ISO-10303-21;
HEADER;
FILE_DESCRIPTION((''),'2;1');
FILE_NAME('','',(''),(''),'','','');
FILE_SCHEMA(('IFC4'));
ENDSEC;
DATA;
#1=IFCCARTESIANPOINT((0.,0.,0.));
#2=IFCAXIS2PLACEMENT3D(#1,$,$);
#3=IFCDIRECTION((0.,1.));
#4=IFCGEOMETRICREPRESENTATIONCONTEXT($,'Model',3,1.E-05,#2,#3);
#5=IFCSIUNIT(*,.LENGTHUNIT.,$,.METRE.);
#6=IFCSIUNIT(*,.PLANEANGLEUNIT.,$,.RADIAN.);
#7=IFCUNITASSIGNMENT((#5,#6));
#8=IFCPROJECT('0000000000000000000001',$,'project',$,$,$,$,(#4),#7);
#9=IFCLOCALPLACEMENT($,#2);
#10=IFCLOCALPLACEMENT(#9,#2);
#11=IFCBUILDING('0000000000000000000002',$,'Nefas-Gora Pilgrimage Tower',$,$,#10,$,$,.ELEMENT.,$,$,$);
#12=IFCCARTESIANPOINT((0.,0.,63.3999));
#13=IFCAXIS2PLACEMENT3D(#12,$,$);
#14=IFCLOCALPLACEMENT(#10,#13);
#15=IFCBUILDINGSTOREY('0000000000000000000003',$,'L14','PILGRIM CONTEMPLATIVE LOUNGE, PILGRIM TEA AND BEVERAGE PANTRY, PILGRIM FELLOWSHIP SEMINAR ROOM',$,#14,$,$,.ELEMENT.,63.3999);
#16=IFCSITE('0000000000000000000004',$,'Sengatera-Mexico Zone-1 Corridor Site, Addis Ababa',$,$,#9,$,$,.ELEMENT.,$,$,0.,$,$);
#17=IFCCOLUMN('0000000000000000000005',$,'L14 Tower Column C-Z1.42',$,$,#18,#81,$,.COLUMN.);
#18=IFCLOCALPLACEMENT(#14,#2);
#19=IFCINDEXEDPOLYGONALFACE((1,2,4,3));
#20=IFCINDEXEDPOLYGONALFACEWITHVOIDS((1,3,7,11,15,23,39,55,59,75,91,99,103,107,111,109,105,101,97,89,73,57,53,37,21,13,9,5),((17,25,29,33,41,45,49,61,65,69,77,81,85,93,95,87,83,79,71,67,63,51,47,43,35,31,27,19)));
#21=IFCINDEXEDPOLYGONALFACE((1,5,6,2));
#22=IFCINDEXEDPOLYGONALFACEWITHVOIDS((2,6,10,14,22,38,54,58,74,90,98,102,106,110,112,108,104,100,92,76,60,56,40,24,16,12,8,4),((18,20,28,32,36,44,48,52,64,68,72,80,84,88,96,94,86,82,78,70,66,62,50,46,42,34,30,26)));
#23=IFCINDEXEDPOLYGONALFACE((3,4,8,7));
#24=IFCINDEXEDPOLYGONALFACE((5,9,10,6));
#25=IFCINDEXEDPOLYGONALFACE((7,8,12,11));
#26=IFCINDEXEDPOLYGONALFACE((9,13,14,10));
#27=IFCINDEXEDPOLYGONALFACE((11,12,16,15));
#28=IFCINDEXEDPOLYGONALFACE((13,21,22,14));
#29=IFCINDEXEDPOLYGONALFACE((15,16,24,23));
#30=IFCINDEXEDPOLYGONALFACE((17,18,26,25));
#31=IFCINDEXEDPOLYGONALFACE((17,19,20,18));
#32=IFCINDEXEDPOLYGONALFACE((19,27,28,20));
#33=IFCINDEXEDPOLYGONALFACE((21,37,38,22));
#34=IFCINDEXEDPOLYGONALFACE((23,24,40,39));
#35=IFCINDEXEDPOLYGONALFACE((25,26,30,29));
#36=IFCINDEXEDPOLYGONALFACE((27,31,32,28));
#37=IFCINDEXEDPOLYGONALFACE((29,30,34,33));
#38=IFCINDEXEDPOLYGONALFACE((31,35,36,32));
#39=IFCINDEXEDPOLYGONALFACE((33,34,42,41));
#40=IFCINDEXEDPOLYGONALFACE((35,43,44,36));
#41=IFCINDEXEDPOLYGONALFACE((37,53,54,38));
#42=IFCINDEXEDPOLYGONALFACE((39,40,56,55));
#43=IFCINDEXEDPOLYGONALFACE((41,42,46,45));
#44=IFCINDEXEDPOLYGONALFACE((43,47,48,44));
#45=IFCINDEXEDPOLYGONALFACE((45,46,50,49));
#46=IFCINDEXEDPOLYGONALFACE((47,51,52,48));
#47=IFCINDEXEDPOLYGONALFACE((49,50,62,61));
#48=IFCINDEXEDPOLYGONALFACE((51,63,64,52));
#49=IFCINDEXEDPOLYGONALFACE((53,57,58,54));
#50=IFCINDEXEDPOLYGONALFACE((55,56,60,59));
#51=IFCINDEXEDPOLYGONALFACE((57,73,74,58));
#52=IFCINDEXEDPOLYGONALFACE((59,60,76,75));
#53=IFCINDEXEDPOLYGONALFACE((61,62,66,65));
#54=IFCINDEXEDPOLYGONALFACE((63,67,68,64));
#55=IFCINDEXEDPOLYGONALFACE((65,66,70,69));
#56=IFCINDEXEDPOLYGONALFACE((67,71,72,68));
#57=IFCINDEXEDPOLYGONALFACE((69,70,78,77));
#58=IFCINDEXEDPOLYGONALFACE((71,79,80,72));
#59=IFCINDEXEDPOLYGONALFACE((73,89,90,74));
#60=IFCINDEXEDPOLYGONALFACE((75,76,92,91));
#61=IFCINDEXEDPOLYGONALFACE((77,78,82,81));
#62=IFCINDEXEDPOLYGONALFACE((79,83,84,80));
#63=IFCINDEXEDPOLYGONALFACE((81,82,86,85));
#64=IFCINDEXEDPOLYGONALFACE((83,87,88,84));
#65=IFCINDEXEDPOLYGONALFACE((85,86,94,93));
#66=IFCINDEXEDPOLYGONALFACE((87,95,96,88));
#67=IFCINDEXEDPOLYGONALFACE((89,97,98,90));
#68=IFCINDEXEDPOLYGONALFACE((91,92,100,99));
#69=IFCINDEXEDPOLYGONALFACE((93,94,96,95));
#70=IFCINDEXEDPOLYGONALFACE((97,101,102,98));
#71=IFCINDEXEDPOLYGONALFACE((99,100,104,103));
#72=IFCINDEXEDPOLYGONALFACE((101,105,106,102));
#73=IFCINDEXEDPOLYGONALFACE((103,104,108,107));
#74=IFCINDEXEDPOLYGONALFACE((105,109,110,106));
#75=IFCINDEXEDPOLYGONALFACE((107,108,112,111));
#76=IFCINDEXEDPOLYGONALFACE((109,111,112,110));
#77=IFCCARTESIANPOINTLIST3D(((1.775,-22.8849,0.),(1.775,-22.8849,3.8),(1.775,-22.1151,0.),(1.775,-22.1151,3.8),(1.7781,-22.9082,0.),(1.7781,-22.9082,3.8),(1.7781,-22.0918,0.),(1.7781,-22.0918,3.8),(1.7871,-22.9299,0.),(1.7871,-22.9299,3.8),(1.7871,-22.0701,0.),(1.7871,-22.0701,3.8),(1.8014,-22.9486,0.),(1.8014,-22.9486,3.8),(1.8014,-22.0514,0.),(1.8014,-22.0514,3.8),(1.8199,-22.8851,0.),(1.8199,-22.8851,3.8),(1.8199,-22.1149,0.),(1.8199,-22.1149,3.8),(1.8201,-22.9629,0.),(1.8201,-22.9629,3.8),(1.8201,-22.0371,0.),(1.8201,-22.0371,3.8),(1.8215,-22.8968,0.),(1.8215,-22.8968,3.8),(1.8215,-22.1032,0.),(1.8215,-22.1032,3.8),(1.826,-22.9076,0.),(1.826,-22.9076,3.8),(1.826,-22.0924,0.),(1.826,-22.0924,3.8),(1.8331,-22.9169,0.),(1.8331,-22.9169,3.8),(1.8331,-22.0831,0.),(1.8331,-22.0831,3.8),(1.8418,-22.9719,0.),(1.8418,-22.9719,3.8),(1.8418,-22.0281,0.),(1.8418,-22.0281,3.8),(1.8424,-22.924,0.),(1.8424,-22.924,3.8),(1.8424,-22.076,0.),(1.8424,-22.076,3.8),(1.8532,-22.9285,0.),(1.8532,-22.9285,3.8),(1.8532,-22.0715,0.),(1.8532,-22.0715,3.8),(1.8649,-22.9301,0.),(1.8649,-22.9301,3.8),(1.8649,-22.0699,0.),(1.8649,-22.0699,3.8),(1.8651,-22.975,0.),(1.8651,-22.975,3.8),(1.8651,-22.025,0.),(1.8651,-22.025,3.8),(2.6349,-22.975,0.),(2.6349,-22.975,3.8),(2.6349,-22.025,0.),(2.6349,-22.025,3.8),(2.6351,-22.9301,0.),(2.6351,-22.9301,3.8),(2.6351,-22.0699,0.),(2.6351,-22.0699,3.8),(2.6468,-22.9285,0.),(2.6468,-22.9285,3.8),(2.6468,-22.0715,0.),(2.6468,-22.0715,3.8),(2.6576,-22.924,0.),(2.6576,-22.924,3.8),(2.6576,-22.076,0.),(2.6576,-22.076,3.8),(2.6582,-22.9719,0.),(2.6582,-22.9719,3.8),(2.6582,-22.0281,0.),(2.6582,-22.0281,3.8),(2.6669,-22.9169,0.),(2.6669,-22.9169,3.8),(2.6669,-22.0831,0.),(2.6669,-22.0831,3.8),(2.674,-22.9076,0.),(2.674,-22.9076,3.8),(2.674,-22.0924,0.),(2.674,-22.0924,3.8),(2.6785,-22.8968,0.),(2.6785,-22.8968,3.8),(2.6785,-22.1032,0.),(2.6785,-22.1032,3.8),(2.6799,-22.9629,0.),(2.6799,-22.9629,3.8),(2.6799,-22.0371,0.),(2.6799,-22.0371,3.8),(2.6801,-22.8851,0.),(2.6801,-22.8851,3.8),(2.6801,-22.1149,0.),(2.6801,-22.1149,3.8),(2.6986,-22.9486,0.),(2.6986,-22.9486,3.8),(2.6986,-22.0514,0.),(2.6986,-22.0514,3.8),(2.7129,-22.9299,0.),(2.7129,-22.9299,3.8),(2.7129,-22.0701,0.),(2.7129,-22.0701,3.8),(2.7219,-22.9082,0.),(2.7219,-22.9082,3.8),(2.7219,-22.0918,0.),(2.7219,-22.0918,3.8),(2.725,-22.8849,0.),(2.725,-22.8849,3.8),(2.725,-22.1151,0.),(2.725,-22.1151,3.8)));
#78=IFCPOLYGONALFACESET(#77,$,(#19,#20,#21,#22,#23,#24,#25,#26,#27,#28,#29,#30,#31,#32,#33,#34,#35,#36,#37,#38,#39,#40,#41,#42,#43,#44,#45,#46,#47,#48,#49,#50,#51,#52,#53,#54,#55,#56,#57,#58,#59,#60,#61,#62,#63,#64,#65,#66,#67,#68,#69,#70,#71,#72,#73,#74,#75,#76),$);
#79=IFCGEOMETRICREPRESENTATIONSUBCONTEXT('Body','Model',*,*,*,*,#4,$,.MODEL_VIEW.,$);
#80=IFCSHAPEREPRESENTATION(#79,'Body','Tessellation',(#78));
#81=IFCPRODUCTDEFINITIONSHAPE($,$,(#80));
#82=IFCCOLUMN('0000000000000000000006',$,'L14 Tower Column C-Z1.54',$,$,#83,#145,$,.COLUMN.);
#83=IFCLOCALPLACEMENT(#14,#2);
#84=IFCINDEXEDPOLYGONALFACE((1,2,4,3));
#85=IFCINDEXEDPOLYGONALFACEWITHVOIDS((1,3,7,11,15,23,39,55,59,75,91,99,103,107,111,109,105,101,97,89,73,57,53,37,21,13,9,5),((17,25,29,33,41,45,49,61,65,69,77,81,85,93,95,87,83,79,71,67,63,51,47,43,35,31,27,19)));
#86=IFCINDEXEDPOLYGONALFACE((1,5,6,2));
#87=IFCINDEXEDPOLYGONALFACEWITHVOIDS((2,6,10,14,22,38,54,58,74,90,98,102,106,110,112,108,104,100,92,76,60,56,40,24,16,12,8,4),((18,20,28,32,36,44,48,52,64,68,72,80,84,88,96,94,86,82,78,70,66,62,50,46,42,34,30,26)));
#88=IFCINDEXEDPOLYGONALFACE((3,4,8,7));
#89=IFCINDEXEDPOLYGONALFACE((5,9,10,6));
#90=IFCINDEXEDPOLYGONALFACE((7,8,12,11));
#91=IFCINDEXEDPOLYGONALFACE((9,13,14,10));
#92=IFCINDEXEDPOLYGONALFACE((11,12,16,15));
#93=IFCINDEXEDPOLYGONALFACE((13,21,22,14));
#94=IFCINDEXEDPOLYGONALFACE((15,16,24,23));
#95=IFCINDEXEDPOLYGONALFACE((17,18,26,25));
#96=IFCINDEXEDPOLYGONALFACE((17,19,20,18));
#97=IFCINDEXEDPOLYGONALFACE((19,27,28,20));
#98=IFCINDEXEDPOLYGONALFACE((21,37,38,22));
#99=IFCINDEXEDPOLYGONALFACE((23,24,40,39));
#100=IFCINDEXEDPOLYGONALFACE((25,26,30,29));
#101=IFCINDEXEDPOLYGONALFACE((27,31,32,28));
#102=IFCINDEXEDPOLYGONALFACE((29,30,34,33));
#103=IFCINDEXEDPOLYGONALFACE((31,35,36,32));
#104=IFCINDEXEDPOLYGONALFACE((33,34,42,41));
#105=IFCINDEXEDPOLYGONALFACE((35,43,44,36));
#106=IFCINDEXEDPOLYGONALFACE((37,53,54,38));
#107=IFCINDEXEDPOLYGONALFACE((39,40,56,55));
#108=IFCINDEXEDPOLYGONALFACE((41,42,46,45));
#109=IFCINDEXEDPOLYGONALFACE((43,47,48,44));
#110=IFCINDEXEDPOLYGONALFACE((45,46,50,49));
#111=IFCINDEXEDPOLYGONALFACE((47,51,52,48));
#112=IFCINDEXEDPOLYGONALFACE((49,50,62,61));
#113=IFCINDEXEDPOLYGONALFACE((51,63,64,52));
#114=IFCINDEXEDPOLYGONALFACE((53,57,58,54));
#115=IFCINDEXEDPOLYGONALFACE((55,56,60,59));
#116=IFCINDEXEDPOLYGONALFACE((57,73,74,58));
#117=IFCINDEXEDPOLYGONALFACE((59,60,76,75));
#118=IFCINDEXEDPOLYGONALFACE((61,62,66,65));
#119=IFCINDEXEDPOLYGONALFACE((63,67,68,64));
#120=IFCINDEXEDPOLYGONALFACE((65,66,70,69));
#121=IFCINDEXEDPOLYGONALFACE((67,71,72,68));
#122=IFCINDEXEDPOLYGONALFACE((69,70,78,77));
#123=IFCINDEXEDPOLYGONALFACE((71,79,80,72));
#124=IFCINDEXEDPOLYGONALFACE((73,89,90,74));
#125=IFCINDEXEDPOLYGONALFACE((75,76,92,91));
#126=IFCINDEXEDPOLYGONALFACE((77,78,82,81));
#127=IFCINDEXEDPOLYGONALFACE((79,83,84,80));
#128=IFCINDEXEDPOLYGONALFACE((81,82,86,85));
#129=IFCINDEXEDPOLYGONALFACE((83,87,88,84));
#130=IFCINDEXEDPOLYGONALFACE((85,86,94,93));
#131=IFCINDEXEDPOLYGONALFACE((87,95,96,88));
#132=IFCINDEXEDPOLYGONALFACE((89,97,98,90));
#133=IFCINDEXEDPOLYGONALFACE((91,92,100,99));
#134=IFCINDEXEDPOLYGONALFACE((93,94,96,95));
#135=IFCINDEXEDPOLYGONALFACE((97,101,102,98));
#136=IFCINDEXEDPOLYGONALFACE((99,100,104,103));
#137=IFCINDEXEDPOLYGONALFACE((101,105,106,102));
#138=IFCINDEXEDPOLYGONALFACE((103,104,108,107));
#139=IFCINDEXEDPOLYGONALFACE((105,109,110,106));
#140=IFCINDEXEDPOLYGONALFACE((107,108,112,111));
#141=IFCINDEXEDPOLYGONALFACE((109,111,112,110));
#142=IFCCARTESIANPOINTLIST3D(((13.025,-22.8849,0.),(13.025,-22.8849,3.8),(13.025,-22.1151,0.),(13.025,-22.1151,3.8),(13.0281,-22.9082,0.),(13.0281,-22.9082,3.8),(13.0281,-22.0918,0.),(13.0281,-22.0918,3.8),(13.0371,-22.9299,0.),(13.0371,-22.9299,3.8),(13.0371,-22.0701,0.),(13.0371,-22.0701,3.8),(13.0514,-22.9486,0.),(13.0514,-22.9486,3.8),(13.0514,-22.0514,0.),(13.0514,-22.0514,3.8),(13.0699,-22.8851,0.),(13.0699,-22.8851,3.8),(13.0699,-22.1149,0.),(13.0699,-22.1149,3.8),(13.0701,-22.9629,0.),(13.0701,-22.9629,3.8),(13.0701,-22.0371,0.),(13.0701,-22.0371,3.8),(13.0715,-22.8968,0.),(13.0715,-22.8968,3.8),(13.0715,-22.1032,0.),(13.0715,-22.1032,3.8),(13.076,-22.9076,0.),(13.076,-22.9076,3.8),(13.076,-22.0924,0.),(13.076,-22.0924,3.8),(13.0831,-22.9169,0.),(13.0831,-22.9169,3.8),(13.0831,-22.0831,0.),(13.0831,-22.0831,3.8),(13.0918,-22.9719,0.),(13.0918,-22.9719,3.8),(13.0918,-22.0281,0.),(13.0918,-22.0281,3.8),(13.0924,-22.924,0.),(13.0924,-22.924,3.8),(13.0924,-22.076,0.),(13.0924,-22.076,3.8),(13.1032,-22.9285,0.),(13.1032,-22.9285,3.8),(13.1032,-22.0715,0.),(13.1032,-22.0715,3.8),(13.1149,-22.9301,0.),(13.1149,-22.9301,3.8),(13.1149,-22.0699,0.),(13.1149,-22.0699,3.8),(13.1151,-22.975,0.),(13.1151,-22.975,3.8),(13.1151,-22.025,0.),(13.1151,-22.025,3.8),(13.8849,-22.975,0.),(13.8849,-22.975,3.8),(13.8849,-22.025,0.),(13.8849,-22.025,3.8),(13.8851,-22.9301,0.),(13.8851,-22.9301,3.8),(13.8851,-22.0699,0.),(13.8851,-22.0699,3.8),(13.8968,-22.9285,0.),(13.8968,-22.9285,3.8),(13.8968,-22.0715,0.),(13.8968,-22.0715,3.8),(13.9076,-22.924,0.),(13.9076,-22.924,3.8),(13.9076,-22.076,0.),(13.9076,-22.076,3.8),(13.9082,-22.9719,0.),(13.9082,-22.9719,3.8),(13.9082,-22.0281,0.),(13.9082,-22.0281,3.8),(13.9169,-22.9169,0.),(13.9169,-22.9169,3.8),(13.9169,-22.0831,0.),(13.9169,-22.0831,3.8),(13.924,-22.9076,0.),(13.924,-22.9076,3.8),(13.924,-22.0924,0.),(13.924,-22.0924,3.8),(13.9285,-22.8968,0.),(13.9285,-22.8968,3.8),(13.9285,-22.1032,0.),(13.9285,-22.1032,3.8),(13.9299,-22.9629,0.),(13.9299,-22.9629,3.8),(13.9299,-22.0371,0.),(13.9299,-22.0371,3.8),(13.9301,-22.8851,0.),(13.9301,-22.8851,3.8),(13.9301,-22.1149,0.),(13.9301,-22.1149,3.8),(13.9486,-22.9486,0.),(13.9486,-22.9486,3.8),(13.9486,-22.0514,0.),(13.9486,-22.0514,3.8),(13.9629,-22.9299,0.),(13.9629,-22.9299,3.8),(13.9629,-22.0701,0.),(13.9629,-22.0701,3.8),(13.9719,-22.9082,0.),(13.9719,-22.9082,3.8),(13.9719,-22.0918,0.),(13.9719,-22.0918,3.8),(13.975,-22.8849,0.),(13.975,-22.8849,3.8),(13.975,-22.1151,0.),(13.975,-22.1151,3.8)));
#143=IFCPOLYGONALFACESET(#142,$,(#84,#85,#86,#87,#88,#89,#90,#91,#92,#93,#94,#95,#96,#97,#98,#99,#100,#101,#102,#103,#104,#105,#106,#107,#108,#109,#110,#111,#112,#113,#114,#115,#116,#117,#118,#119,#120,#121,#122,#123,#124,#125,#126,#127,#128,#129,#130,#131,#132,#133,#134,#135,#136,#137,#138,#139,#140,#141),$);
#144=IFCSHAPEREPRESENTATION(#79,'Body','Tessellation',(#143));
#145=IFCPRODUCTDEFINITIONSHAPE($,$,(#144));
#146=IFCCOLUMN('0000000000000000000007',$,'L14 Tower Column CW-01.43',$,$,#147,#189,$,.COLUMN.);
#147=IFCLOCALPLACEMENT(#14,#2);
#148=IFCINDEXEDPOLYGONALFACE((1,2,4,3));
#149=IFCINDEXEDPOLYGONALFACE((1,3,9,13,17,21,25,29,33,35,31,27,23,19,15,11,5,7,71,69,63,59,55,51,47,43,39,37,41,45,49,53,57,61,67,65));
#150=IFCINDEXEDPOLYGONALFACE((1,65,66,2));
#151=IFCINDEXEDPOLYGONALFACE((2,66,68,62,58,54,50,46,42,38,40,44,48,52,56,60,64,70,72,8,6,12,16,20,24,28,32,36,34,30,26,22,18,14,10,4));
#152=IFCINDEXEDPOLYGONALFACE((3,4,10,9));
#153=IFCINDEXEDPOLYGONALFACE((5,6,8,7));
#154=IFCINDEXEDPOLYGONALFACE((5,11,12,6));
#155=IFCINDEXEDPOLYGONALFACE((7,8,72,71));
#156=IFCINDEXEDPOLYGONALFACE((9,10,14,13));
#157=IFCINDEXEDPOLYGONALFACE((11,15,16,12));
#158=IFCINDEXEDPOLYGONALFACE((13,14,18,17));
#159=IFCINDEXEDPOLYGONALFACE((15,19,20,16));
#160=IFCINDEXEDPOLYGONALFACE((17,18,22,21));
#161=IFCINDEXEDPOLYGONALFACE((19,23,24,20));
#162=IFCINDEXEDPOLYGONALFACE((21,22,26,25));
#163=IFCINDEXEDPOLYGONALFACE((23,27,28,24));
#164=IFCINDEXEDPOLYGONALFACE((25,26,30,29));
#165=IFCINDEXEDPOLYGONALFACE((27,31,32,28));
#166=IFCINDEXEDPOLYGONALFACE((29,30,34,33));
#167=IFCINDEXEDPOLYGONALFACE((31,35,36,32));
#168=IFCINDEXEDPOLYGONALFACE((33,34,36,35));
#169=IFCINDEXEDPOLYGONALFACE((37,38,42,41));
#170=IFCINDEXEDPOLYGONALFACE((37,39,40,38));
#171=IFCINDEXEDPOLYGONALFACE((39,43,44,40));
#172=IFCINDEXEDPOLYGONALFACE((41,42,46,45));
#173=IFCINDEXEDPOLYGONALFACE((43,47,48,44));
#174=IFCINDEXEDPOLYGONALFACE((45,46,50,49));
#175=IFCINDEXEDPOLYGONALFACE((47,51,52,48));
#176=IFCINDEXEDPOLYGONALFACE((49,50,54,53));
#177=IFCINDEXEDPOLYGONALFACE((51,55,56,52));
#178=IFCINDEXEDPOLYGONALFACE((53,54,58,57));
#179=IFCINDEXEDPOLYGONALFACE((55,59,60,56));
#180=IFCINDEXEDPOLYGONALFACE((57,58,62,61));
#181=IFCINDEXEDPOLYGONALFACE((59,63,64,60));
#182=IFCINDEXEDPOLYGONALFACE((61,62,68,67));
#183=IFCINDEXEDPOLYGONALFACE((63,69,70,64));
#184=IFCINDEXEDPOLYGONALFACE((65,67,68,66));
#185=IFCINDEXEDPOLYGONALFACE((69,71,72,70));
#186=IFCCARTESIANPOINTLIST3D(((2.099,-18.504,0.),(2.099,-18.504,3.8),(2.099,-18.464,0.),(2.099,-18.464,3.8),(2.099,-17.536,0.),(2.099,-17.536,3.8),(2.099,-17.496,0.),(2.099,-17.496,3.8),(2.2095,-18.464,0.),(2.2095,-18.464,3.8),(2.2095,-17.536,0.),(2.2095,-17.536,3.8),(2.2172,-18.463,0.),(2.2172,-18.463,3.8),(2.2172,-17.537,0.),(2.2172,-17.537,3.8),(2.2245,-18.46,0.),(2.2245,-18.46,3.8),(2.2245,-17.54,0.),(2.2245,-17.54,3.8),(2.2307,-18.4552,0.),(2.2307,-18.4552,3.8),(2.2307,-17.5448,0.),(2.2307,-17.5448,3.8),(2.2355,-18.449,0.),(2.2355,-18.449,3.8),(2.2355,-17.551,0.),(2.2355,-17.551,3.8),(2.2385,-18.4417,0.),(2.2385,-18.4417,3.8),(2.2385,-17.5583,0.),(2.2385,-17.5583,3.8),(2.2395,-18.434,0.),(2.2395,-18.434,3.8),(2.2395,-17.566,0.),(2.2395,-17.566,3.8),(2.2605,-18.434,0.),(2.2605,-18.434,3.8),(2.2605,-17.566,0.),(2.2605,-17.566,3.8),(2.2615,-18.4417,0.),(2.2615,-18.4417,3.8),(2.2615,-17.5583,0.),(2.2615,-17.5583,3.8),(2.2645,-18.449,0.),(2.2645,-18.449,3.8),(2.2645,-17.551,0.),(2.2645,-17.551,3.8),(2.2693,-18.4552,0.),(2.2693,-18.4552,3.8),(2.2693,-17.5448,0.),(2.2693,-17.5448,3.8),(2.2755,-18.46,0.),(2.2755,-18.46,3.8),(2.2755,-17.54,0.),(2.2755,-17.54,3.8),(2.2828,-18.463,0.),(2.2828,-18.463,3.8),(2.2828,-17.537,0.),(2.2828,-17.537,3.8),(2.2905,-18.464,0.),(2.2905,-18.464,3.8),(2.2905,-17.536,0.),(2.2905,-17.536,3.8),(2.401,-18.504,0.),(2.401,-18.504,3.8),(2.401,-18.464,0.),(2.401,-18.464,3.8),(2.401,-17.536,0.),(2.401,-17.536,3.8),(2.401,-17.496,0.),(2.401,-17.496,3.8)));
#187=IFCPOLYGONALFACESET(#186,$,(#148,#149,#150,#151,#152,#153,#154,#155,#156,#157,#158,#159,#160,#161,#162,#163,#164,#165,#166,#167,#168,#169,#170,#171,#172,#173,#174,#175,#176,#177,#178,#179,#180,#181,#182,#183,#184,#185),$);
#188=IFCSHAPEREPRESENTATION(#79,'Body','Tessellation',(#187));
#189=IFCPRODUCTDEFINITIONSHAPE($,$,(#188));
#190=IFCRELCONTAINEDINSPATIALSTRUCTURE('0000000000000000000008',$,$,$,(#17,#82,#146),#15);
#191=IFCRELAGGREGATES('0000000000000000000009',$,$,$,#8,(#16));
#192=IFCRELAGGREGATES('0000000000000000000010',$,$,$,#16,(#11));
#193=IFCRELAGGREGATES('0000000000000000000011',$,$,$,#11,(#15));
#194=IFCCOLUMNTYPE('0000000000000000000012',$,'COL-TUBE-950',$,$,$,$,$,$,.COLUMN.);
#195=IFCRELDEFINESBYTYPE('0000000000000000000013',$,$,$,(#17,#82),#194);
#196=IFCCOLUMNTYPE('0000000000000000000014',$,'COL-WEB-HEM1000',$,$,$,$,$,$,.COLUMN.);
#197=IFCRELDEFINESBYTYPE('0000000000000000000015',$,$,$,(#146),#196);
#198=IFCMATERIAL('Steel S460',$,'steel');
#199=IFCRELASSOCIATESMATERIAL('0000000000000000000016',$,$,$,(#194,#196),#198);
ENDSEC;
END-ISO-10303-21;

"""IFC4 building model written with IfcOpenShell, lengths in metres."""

from ifc_helpers import new_model, si_unit, direction, frame, origin, origin_2d, place, context, subcontext, project, spatial, hollow_rectangle, i_section, extrude, source, transform, mapped, material, material_profile, profile_set, type_object, element, save


model = new_model("IFC4")

# Units and contexts
model_context = context("Model", 3, precision=1e-05, world=origin(), true_north=direction((0.0, 1.0)))
body_context = subcontext(model_context, "Body", "Model", "MODEL_VIEW")
ifc_project = project(units=[si_unit("LENGTHUNIT", "METRE"), si_unit("PLANEANGLEUNIT", "RADIAN")], contexts=[model_context])

# Site, building, storey
site_placement = place(None, origin())
site = spatial("IfcSite", under=ifc_project, at=site_placement, Name="Sengatera-Mexico Zone-1 Corridor Site, Addis Ababa", CompositionType="ELEMENT", RefElevation=0.0)
building_placement = place(site_placement, origin())
building = spatial("IfcBuilding", under=site, at=building_placement, Name="Nefas-Gora Pilgrimage Tower", CompositionType="ELEMENT")
storey_placement = place(building_placement, frame((0.0, 0.0, 63.3999)))
storey = spatial("IfcBuildingStorey", under=building, at=storey_placement, Name="L14", Description="PILGRIM CONTEMPLATIVE LOUNGE, PILGRIM TEA AND BEVERAGE PANTRY, PILGRIM FELLOWSHIP SEMINAR ROOM", CompositionType="ELEMENT", Elevation=63.3999)

# Columns
ifc_material_1 = material(Name="Steel S460", Category="steel")
ifc_material_profile_1 = material_profile(ifc_material_1, hollow_rectangle(XDim=0.95, YDim=0.95, WallThickness=0.0449, InnerFilletRadius=0.0449, OuterFilletRadius=0.0901, at=origin_2d()), Name="BOX 950x950x45")
ifc_profile_set_1 = profile_set([ifc_material_profile_1], Name="Steel S460")
column_type_1 = type_object("IfcColumnType", Name="COL-TUBE-950", PredefinedType="COLUMN", material=ifc_profile_set_1)
shared_shape_1 = source(origin(), body_context, "Body", "SweptSolid", [
    extrude(hollow_rectangle(XDim=0.95, YDim=0.95, WallThickness=0.0449, InnerFilletRadius=0.0449, OuterFilletRadius=0.0901, at=origin_2d()), origin(), (0.0, 0.0, 1.0), 3.8),
])
for number, where, z_axis, x_axis, name in (
    (1, (2.25, -22.5, 0.0), (0.0, 0.0, 1.0), (1.0, 0.0, 0.0), "L14 Tower Column C-Z1.42"),
    (2, (13.5, -22.5, 0.0), (0.0, 0.0, 1.0), (1.0, 0.0, 0.0), "L14 Tower Column C-Z1.54"),
):
    element("IfcColumn", number, at=place(storey_placement, frame(where, z_axis=z_axis, x_axis=x_axis)), inside=storey, type_object=column_type_1, Name=name, PredefinedType="COLUMN", context=body_context, shape_type="MappedRepresentation", body=[
        mapped(shared_shape_1, transform((0.0, 0.0, 0.0), x_axis=(1.0, 0.0, 0.0), y_axis=(0.0, 1.0, 0.0), z_axis=(0.0, 0.0, 1.0), scale=1.0)),
    ])
ifc_material_profile_2 = material_profile(ifc_material_1, i_section(OverallWidth=0.302, OverallDepth=1.0081, WebThickness=0.021, FlangeThickness=0.04, FilletRadius=0.03, at=origin_2d()), Name="HEM 1000")
ifc_profile_set_2 = profile_set([ifc_material_profile_2], Name="Steel S460")
column_type_2 = type_object("IfcColumnType", Name="COL-WEB-HEM1000", PredefinedType="COLUMN", material=ifc_profile_set_2)
shared_shape_2 = source(origin(), body_context, "Body", "SweptSolid", [
    extrude(i_section(OverallWidth=0.302, OverallDepth=1.0081, WebThickness=0.021, FlangeThickness=0.04, FilletRadius=0.03, at=origin_2d()), origin(), (0.0, 0.0, 1.0), 3.8),
])
for number, where, z_axis, x_axis, name in (
    (3, (2.25, -18.0, 0.0), (0.0, 0.0, 1.0), (1.0, 0.0, 0.0), "L14 Tower Column CW-01.43"),
):
    element("IfcColumn", number, at=place(storey_placement, frame(where, z_axis=z_axis, x_axis=x_axis)), inside=storey, type_object=column_type_2, Name=name, PredefinedType="COLUMN", context=body_context, shape_type="MappedRepresentation", body=[
        mapped(shared_shape_2, transform((0.0, 0.0, 0.0), x_axis=(1.0, 0.0, 0.0), y_axis=(0.0, 1.0, 0.0), z_axis=(0.0, 0.0, 1.0), scale=1.0)),
    ])

save(model, "model.ifc")
